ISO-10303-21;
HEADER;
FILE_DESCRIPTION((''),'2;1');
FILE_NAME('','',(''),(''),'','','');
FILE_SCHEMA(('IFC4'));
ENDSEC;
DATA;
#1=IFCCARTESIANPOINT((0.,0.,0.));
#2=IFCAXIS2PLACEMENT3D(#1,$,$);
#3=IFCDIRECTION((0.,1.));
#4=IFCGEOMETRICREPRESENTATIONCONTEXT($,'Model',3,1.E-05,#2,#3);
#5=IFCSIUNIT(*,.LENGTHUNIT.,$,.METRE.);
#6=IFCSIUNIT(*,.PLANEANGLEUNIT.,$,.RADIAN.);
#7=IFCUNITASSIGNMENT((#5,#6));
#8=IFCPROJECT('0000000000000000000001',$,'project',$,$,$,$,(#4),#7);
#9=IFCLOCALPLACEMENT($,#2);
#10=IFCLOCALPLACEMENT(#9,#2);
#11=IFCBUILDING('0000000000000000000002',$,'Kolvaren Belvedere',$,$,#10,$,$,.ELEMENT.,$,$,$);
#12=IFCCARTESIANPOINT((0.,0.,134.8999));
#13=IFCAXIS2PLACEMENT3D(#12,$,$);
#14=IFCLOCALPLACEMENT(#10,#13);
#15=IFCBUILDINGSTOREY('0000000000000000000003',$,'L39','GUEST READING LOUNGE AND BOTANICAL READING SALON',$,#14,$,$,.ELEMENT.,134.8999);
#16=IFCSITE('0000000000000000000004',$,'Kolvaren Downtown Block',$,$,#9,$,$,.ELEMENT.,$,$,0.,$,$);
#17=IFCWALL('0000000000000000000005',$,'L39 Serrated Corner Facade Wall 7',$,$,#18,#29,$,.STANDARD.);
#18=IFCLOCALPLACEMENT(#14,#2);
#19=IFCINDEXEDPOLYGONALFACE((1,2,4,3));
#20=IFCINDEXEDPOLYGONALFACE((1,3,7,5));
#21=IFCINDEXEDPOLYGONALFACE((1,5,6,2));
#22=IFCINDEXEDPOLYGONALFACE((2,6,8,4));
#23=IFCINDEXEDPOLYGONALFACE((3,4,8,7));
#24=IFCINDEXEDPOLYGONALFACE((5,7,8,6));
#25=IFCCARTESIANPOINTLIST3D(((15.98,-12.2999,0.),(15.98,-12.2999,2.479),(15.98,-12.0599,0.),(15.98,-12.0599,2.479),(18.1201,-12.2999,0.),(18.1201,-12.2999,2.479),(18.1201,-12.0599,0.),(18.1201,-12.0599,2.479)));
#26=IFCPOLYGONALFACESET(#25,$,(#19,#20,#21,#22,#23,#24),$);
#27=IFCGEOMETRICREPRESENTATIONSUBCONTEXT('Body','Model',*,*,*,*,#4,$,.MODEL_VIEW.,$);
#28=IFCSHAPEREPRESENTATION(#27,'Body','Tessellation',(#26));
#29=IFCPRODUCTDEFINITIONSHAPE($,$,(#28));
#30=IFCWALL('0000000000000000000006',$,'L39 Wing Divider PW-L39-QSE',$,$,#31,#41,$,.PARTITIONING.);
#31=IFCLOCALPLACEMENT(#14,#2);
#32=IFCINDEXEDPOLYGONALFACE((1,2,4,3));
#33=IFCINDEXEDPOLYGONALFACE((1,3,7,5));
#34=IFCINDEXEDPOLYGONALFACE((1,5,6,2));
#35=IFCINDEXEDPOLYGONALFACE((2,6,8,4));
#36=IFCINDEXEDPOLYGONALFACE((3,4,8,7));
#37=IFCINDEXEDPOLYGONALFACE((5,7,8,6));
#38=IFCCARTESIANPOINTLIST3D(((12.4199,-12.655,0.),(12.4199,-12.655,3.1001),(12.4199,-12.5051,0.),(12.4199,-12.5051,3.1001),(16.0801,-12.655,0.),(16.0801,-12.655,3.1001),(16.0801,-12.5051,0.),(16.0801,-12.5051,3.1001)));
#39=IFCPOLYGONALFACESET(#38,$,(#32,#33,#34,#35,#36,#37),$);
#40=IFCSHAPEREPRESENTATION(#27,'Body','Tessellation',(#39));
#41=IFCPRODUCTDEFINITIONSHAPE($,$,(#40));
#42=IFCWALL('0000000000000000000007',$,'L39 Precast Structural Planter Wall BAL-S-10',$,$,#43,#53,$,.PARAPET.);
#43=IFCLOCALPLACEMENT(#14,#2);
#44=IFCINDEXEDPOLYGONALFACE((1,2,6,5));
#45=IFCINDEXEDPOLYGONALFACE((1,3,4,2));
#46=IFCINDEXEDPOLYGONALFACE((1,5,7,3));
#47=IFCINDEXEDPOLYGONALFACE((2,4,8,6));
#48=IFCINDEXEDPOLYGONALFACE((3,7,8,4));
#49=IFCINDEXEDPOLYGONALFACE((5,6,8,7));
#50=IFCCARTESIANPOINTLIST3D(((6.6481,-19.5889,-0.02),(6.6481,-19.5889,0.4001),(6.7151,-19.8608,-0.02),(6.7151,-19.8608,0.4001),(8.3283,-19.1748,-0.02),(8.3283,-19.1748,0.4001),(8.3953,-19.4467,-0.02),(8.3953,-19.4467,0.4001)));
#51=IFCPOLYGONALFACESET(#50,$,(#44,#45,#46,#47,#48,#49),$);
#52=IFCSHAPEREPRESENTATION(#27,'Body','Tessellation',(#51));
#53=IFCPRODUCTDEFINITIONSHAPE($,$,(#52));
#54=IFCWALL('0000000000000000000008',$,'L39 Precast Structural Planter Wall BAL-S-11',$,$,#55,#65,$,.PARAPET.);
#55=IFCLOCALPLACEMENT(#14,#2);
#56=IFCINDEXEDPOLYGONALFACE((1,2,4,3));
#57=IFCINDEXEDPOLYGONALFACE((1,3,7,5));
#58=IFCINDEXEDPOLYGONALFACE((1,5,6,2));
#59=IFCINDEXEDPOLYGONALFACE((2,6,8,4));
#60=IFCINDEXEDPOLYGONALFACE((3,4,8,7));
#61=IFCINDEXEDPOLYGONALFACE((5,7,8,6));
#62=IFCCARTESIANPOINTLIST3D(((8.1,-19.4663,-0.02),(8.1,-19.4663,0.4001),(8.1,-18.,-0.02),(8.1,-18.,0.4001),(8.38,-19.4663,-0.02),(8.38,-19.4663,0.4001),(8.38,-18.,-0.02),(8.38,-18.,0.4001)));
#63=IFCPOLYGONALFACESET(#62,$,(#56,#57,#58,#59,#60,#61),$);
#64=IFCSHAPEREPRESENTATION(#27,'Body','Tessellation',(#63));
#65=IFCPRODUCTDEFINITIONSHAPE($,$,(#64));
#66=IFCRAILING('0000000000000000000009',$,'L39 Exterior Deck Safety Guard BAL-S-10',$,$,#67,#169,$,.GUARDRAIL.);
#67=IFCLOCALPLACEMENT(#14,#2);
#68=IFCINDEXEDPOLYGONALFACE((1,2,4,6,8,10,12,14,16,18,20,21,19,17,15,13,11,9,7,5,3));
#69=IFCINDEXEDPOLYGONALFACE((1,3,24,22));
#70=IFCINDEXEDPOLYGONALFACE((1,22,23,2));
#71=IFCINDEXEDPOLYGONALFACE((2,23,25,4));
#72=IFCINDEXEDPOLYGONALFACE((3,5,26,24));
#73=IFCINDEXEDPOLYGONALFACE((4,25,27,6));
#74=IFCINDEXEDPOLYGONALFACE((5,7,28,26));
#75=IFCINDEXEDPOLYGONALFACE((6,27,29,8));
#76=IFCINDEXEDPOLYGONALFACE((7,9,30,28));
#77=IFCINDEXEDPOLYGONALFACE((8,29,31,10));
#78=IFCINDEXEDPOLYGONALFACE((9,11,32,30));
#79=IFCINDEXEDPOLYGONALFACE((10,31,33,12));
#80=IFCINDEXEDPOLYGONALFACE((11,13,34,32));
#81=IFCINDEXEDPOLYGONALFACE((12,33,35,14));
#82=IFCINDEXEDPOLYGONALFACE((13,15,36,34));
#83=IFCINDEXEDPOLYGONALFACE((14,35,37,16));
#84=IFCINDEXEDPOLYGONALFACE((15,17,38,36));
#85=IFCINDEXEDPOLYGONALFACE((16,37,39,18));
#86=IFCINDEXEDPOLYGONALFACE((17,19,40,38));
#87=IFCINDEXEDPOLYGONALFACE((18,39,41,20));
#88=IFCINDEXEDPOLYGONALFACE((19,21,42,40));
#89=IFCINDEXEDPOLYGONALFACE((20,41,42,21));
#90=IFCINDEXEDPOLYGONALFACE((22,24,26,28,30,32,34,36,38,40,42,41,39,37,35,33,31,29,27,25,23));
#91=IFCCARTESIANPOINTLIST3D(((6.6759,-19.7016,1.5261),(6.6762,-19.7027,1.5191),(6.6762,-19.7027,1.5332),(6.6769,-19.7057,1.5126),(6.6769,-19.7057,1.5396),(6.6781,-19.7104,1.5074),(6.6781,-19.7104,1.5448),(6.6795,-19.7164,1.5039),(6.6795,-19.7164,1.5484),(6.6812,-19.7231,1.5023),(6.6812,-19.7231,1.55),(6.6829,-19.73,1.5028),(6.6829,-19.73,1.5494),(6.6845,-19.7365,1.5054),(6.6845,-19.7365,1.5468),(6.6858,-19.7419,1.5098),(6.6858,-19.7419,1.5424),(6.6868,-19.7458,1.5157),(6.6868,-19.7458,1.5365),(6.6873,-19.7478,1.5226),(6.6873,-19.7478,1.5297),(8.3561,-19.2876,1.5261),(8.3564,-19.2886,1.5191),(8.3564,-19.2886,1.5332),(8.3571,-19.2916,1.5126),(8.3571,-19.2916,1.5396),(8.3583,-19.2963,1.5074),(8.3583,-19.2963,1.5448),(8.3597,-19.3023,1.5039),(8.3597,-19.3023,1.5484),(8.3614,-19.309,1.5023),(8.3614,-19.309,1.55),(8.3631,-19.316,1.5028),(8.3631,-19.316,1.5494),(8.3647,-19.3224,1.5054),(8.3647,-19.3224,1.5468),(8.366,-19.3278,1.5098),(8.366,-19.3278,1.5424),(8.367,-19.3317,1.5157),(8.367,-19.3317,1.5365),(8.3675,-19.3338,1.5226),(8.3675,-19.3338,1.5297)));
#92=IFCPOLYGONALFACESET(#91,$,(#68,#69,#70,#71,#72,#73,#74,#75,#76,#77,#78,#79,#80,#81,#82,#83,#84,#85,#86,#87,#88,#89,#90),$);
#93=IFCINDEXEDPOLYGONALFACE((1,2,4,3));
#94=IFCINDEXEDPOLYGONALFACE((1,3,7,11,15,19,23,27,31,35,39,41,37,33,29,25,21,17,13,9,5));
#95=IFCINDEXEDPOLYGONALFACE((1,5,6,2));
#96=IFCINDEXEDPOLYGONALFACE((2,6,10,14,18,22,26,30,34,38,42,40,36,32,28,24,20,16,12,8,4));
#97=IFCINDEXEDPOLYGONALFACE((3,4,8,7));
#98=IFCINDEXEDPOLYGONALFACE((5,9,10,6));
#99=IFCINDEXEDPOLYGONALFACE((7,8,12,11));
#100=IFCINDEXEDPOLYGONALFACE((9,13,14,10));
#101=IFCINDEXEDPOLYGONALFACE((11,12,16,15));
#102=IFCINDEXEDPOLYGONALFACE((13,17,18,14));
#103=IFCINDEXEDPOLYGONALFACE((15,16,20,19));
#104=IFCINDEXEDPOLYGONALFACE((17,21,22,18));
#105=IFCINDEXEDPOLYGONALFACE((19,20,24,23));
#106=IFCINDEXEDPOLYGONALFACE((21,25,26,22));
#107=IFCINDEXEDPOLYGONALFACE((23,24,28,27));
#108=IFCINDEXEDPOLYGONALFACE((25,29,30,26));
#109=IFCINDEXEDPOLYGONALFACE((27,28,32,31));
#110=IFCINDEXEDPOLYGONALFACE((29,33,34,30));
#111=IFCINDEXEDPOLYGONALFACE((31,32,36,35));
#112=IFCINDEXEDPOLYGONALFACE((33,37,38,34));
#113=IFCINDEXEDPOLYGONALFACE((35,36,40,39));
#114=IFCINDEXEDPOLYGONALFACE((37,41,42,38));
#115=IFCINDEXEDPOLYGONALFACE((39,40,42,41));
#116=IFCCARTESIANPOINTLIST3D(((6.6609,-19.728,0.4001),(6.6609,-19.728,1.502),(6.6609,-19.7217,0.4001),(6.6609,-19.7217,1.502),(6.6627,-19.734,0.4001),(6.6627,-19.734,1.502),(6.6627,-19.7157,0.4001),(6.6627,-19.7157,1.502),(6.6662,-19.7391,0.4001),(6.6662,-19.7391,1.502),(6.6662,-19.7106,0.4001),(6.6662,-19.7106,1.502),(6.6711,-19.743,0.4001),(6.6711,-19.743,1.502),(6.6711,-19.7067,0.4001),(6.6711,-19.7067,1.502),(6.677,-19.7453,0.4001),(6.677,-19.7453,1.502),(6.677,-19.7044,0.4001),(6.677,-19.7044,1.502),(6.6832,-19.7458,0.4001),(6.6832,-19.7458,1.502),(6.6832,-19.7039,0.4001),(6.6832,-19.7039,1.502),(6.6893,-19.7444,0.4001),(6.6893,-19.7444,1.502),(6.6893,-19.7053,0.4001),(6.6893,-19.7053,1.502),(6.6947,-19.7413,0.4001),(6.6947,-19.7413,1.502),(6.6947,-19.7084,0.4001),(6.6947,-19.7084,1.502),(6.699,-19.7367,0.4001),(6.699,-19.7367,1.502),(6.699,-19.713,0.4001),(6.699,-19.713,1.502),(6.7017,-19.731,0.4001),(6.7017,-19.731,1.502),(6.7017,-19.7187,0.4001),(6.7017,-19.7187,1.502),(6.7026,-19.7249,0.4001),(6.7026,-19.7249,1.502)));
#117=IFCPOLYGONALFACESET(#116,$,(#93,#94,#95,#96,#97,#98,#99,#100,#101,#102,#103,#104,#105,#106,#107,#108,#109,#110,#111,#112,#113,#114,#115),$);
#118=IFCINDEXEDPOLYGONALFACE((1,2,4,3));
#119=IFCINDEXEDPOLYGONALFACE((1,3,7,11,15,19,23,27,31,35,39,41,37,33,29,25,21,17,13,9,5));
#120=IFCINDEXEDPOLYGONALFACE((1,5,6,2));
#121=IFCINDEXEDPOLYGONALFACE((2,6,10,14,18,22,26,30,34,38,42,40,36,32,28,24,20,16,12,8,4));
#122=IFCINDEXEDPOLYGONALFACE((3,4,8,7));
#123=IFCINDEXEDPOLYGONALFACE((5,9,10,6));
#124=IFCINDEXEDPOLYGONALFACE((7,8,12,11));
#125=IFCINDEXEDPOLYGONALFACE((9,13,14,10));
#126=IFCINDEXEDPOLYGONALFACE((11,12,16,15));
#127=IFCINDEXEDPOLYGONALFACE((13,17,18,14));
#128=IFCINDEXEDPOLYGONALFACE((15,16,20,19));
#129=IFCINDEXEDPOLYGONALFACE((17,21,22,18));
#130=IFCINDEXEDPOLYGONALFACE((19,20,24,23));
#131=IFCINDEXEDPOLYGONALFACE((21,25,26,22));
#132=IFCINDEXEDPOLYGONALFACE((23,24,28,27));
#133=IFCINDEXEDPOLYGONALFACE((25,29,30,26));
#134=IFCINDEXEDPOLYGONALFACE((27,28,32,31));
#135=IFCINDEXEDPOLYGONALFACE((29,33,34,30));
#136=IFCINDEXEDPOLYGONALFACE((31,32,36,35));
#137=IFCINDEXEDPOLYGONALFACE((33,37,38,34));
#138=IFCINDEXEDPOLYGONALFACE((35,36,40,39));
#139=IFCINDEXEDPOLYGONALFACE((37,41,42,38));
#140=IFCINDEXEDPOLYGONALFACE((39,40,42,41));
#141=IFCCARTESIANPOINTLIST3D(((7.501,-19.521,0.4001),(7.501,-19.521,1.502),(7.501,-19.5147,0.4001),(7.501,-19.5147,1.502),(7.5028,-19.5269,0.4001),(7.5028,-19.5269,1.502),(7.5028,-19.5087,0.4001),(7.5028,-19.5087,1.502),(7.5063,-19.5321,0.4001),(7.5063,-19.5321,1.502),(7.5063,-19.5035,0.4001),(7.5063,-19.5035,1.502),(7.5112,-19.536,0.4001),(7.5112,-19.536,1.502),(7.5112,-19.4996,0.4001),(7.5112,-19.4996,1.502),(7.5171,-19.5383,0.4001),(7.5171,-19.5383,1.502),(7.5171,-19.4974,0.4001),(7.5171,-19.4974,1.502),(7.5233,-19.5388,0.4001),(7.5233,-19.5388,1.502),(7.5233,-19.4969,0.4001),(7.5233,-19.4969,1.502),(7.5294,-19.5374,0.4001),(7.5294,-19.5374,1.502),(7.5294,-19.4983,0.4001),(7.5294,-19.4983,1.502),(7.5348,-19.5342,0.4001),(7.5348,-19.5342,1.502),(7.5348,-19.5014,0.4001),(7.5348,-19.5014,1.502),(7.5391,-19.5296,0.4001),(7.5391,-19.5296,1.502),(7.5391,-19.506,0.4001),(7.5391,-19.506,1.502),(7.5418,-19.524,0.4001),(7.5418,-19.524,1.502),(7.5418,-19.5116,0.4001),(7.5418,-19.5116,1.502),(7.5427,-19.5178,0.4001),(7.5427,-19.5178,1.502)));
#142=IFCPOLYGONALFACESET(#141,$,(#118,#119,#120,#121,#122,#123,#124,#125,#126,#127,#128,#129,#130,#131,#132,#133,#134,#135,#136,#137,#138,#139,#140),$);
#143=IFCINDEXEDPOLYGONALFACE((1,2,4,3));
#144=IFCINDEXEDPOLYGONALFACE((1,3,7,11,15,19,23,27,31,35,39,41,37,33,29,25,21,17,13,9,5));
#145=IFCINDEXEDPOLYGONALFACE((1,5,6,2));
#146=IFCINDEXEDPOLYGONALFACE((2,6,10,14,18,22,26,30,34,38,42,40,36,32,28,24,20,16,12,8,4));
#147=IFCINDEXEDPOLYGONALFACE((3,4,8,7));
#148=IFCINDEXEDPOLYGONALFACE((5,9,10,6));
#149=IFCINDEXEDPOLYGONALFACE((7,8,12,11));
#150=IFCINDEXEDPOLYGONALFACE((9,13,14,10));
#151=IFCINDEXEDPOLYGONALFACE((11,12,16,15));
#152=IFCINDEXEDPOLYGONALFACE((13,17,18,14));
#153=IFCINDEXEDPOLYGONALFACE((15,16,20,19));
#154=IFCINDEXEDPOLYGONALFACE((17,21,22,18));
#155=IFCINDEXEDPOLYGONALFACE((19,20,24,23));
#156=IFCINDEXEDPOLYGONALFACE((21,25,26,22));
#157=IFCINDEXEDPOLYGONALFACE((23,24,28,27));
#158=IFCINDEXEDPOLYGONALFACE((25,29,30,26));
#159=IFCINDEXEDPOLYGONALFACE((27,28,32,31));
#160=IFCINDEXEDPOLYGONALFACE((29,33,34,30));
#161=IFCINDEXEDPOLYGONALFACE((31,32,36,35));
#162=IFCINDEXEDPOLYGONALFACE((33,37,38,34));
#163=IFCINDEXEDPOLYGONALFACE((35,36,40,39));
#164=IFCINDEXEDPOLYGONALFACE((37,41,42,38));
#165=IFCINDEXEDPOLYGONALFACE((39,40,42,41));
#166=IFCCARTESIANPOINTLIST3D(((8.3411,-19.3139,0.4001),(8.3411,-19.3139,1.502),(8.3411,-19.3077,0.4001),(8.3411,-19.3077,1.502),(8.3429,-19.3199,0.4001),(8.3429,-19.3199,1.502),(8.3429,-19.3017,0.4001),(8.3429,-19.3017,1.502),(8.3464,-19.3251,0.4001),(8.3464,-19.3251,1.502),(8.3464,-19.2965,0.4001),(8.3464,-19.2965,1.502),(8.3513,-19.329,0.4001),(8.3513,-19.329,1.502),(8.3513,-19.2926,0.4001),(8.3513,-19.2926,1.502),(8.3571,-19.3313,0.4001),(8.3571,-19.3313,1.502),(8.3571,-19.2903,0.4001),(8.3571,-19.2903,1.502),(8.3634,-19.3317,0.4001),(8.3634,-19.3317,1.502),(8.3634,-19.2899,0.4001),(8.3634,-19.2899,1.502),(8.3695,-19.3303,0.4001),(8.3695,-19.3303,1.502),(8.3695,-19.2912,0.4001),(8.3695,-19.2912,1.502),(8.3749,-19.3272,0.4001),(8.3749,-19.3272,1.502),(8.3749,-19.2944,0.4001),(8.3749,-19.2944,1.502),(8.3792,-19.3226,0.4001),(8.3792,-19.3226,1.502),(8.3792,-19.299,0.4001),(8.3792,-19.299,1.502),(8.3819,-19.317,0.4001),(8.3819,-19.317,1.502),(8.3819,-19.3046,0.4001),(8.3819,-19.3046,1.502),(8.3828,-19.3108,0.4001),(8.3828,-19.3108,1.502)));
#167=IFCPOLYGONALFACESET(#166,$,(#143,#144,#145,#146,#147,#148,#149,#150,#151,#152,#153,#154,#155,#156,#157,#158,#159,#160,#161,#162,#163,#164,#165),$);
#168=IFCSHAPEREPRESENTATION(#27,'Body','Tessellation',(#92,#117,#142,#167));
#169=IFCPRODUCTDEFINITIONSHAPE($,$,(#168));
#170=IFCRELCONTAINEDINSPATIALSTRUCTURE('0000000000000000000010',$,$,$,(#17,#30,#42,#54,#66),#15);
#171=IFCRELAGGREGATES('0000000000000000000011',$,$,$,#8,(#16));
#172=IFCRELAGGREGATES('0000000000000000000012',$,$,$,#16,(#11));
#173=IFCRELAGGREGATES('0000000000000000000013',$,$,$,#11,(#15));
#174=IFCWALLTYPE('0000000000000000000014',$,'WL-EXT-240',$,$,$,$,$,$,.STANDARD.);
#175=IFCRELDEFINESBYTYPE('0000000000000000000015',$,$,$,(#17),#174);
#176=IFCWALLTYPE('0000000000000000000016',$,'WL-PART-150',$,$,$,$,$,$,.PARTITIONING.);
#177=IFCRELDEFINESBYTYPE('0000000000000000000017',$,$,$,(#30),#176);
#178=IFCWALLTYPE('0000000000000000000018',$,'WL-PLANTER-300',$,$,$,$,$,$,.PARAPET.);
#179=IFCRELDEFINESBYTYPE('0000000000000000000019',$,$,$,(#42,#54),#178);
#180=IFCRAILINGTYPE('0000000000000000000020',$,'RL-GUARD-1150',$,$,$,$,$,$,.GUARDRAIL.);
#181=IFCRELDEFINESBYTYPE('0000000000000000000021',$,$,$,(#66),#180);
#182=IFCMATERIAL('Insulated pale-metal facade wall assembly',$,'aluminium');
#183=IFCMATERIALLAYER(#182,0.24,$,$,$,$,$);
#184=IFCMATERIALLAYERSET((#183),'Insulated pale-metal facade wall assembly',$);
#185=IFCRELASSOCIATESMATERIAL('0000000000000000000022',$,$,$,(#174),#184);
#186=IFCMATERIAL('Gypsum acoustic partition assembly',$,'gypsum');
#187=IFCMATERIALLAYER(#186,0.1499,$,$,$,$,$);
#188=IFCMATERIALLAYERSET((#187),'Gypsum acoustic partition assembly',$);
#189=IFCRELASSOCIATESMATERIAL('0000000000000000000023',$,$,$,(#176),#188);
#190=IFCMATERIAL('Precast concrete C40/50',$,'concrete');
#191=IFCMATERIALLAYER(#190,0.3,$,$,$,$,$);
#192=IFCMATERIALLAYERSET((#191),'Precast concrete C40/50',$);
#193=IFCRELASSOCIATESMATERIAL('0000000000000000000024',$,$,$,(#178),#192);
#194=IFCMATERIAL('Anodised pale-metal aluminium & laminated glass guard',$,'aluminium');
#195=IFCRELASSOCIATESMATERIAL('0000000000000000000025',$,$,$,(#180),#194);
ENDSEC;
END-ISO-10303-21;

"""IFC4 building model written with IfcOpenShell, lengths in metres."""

from ifc_helpers import new_model, si_unit, direction, frame, frame_2d, origin, origin_2d, place, context, subcontext, project, spatial, rectangle, circle, extrude, material, layer, layer_set, type_object, element, save


model = new_model("IFC4")

# Units and contexts
model_context = context("Model", 3, precision=1e-05, world=origin(), true_north=direction((0.0, 1.0)))
body_context = subcontext(model_context, "Body", "Model", "MODEL_VIEW")
ifc_project = project(units=[si_unit("LENGTHUNIT", "METRE"), si_unit("PLANEANGLEUNIT", "RADIAN")], contexts=[model_context])

# Site, building, storey
site_placement = place(None, origin())
site = spatial("IfcSite", under=ifc_project, at=site_placement, Name="Kolvaren Downtown Block", CompositionType="ELEMENT", RefElevation=0.0)
building_placement = place(site_placement, origin())
building = spatial("IfcBuilding", under=site, at=building_placement, Name="Kolvaren Belvedere", CompositionType="ELEMENT")
storey_placement = place(building_placement, frame((0.0, 0.0, 134.8999)))
storey = spatial("IfcBuildingStorey", under=building, at=storey_placement, Name="L39", Description="GUEST READING LOUNGE AND BOTANICAL READING SALON", CompositionType="ELEMENT", Elevation=134.8999)

# Walls
ifc_material_1 = material(Name="Insulated pale-metal facade wall assembly", Category="aluminium")
ifc_layer_1 = layer(ifc_material_1, 0.24)
ifc_layer_set_1 = layer_set([ifc_layer_1], Name="Insulated pale-metal facade wall assembly")
wall_type_1 = type_object("IfcWallType", Name="WL-EXT-240", PredefinedType="STANDARD", material=ifc_layer_set_1)
for number, where, z_axis, x_axis, name in (
    (1, (18.1201, -12.1799, 0.0), (0.0, 0.0, 1.0), (-1.0, 0.0, 0.0), "L39 Serrated Corner Facade Wall 7"),
):
    element("IfcWall", number, at=place(storey_placement, frame(where, z_axis=z_axis, x_axis=x_axis)), inside=storey, type_object=wall_type_1, Name=name, PredefinedType="STANDARD", context=body_context, shape_type="SweptSolid", body=[
        extrude(rectangle(XDim=2.1401, YDim=0.24, at=frame_2d((1.0701, 0.0))), origin(), (0.0, 0.0, 1.0), 2.479),
    ])
ifc_material_2 = material(Name="Gypsum acoustic partition assembly", Category="gypsum")
ifc_layer_2 = layer(ifc_material_2, 0.1499)
ifc_layer_set_2 = layer_set([ifc_layer_2], Name="Gypsum acoustic partition assembly")
wall_type_2 = type_object("IfcWallType", Name="WL-PART-150", PredefinedType="PARTITIONING", material=ifc_layer_set_2)
wall_1_placement = place(storey_placement, frame((12.4199, -12.5801, 0.0), z_axis=(0.0, 0.0, 1.0), x_axis=(1.0, 0.0, 0.0)))
element("IfcWall", 2, at=wall_1_placement, inside=storey, type_object=wall_type_2, Name="L39 Wing Divider PW-L39-QSE", PredefinedType="PARTITIONING", context=body_context, shape_type="SweptSolid", body=[
    extrude(rectangle(XDim=3.6602, YDim=0.1499, at=frame_2d((1.8301, 0.0))), origin(), (0.0, 0.0, 1.0), 3.1001),
])
ifc_material_3 = material(Name="Precast concrete C40/50", Category="concrete")
ifc_layer_3 = layer(ifc_material_3, 0.3)
ifc_layer_set_3 = layer_set([ifc_layer_3], Name="Precast concrete C40/50")
wall_type_3 = type_object("IfcWallType", Name="WL-PLANTER-300", PredefinedType="PARAPET", material=ifc_layer_set_3)
wall_2_placement = place(storey_placement, frame((6.6816, -19.7249, -0.02), z_axis=(0.0, 0.0, 1.0), x_axis=(0.97095, 0.239281, 0.0)))
element("IfcWall", 3, at=wall_2_placement, inside=storey, type_object=wall_type_3, Name="L39 Precast Structural Planter Wall BAL-S-10", PredefinedType="PARAPET", context=body_context, shape_type="SweptSolid", body=[
    extrude(rectangle(XDim=1.7305, YDim=0.28, at=frame_2d((0.8652, 0.0))), origin(), (0.0, 0.0, 1.0), 0.4202),
])
wall_3_placement = place(storey_placement, frame((8.24, -19.4663, -0.02), z_axis=(0.0, 0.0, 1.0), x_axis=(0.0, 1.0, 0.0)))
element("IfcWall", 4, at=wall_3_placement, inside=storey, type_object=wall_type_3, Name="L39 Precast Structural Planter Wall BAL-S-11", PredefinedType="PARAPET", context=body_context, shape_type="SweptSolid", body=[
    extrude(rectangle(XDim=1.4663, YDim=0.28, at=frame_2d((0.7332, 0.0))), origin(), (0.0, 0.0, 1.0), 0.4202),
])

# Railing
ifc_material_4 = material(Name="Anodised pale-metal aluminium & laminated glass guard", Category="aluminium")
railing_type = type_object("IfcRailingType", Name="RL-GUARD-1150", PredefinedType="GUARDRAIL", material=ifc_material_4)
railing_1_placement = place(storey_placement, frame((6.6816, -19.7249, 0.4001)))
element("IfcRailing", 5, at=railing_1_placement, inside=storey, type_object=railing_type, Name="L39 Exterior Deck Safety Guard BAL-S-10", PredefinedType="GUARDRAIL", context=body_context, shape_type="SweptSolid", body=[
    extrude(circle(Radius=0.0239, at=origin_2d()), frame((0.0, 0.0, 1.126), z_axis=(0.97095, 0.239281, 0.0), x_axis=(-0.239281, 0.97095, 0.0)), (0.0, 0.0, 1.0), 1.7305),
    extrude(circle(Radius=0.021, at=origin_2d()), origin(), (0.0, 0.0, 1.0), 1.1018),
    extrude(circle(Radius=0.021, at=origin_2d()), frame((0.8401, 0.207, 0.0)), (0.0, 0.0, 1.0), 1.1018),
    extrude(circle(Radius=0.021, at=origin_2d()), frame((1.6802, 0.4141, 0.0)), (0.0, 0.0, 1.0), 1.1018),
])

save(model, "model.ifc")
